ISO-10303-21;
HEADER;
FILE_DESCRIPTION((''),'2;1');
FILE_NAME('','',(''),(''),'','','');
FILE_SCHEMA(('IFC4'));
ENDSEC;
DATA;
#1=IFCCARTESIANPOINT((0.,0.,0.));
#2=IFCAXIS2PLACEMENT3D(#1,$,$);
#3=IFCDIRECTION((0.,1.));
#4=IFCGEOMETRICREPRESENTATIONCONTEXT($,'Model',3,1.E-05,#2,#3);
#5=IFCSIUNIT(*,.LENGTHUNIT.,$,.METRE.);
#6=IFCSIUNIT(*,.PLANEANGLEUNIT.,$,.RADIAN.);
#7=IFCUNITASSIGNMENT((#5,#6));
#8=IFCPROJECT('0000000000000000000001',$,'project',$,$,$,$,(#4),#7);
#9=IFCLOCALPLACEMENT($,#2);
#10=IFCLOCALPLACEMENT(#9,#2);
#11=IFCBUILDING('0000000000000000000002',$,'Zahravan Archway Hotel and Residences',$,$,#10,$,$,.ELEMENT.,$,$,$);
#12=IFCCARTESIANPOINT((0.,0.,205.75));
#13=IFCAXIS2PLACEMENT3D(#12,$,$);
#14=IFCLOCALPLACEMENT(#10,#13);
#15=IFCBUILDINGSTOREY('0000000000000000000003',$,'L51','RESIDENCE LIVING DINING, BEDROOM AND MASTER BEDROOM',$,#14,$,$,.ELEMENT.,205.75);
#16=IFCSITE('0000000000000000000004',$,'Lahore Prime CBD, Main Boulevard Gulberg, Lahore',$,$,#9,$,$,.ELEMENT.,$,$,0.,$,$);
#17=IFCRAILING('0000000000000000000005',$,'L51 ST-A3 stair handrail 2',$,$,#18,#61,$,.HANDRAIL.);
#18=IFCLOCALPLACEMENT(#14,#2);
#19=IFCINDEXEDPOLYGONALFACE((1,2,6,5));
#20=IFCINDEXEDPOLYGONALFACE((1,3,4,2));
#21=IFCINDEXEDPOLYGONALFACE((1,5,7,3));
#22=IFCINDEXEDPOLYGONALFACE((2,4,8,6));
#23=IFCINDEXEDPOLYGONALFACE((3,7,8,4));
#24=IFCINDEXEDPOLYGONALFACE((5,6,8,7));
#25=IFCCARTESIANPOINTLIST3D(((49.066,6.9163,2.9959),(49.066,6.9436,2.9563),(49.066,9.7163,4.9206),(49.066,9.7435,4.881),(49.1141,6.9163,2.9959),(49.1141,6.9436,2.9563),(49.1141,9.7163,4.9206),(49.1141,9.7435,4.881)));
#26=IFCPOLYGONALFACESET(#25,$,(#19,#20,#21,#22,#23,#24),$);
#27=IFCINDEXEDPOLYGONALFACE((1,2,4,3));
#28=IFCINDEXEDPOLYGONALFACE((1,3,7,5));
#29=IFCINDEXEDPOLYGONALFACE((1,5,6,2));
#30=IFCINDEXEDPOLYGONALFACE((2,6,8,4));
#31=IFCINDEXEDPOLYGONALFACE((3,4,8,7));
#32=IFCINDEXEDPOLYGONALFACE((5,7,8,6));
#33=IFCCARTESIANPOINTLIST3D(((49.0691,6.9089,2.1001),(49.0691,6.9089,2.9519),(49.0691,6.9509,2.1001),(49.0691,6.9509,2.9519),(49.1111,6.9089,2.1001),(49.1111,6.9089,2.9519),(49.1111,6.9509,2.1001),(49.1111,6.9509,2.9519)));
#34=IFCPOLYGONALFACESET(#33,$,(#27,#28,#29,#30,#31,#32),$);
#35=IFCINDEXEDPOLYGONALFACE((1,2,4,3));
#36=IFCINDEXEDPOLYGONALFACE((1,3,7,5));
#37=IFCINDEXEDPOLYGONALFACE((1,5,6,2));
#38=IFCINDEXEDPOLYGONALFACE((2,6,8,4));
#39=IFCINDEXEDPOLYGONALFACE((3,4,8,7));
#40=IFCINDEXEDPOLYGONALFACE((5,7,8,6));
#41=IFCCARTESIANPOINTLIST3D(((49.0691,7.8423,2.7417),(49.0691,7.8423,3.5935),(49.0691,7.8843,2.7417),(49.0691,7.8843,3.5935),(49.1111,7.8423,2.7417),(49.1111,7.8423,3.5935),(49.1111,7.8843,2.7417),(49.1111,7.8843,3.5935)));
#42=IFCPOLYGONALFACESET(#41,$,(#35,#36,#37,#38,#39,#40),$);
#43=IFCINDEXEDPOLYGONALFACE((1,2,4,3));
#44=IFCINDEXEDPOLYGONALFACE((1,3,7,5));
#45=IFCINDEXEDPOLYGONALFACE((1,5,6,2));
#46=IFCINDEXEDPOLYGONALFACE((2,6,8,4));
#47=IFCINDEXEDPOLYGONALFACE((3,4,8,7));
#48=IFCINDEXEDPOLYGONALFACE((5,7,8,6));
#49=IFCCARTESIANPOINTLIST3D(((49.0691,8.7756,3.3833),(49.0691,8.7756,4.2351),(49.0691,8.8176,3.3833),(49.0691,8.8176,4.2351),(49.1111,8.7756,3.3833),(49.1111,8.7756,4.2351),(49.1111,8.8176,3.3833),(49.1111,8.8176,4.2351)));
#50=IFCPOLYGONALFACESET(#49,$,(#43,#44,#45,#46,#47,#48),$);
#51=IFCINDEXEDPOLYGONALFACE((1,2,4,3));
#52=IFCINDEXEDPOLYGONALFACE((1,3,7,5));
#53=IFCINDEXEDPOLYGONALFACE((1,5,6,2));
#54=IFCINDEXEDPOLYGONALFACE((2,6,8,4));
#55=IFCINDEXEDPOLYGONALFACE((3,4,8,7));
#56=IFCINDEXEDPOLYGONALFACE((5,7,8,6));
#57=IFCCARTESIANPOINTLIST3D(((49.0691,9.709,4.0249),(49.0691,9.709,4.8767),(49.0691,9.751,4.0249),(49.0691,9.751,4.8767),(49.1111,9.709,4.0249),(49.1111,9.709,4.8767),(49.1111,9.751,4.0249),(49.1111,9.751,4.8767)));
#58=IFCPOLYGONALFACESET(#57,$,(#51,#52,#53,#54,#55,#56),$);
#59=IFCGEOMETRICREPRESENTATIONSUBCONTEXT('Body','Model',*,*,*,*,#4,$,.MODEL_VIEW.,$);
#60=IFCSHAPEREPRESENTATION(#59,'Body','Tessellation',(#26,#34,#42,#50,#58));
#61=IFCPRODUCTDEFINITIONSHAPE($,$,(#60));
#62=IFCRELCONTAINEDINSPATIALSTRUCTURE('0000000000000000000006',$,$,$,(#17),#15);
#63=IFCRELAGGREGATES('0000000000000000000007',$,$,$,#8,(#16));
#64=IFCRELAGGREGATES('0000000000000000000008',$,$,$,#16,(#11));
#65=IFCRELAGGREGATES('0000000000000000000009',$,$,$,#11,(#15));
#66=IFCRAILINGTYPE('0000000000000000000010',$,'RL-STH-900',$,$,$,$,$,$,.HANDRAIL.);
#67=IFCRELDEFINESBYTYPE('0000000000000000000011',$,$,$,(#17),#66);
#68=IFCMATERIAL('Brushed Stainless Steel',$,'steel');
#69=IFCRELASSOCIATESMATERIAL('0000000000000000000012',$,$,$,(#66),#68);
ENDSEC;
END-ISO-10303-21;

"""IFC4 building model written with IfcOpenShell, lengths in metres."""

from ifc_helpers import new_model, si_unit, direction, frame, origin, origin_2d, place, context, subcontext, project, spatial, rectangle, extrude, material, type_object, element, save


model = new_model("IFC4")

# Units and contexts
model_context = context("Model", 3, precision=1e-05, world=origin(), true_north=direction((0.0, 1.0)))
body_context = subcontext(model_context, "Body", "Model", "MODEL_VIEW")
ifc_project = project(units=[si_unit("LENGTHUNIT", "METRE"), si_unit("PLANEANGLEUNIT", "RADIAN")], contexts=[model_context])

# Site, building, storey
site_placement = place(None, origin())
site = spatial("IfcSite", under=ifc_project, at=site_placement, Name="Lahore Prime CBD, Main Boulevard Gulberg, Lahore", CompositionType="ELEMENT", RefElevation=0.0)
building_placement = place(site_placement, origin())
building = spatial("IfcBuilding", under=site, at=building_placement, Name="Zahravan Archway Hotel and Residences", CompositionType="ELEMENT")
storey_placement = place(building_placement, frame((0.0, 0.0, 205.75)))
storey = spatial("IfcBuildingStorey", under=building, at=storey_placement, Name="L51", Description="RESIDENCE LIVING DINING, BEDROOM AND MASTER BEDROOM", CompositionType="ELEMENT", Elevation=205.75)

# Railing
ifc_material_1 = material(Name="Brushed Stainless Steel", Category="steel")
railing_type_1 = type_object("IfcRailingType", Name="RL-STH-900", PredefinedType="HANDRAIL", material=ifc_material_1)
for number, where, name in (
    (1, (49.0901, 6.9299, 2.1001), "L51 ST-A3 stair handrail 2"),
):
    element("IfcRailing", number, at=place(storey_placement, frame(where)), inside=storey, type_object=railing_type_1, Name=name, PredefinedType="HANDRAIL", context=body_context, shape_type="SweptSolid", body=[
        extrude(rectangle(XDim=0.0481, YDim=0.0481, at=origin_2d()), frame((0.0, 0.0, 0.876), z_axis=(0.0, 0.824073, 0.566483), x_axis=(-1.0, 0.0, 0.0)), (0.0, 0.0, 1.0), 3.3977),
        extrude(rectangle(XDim=0.042, YDim=0.042, at=origin_2d()), origin(), (0.0, 0.0, 1.0), 0.8518),
        extrude(rectangle(XDim=0.042, YDim=0.042, at=origin_2d()), frame((0.0, 0.9333, 0.6416)), (0.0, 0.0, 1.0), 0.8518),
        extrude(rectangle(XDim=0.042, YDim=0.042, at=origin_2d()), frame((0.0, 1.8667, 1.2832)), (0.0, 0.0, 1.0), 0.8518),
        extrude(rectangle(XDim=0.042, YDim=0.042, at=origin_2d()), frame((0.0, 2.8, 1.9248)), (0.0, 0.0, 1.0), 0.8518),
    ])

save(model, "model.ifc")
